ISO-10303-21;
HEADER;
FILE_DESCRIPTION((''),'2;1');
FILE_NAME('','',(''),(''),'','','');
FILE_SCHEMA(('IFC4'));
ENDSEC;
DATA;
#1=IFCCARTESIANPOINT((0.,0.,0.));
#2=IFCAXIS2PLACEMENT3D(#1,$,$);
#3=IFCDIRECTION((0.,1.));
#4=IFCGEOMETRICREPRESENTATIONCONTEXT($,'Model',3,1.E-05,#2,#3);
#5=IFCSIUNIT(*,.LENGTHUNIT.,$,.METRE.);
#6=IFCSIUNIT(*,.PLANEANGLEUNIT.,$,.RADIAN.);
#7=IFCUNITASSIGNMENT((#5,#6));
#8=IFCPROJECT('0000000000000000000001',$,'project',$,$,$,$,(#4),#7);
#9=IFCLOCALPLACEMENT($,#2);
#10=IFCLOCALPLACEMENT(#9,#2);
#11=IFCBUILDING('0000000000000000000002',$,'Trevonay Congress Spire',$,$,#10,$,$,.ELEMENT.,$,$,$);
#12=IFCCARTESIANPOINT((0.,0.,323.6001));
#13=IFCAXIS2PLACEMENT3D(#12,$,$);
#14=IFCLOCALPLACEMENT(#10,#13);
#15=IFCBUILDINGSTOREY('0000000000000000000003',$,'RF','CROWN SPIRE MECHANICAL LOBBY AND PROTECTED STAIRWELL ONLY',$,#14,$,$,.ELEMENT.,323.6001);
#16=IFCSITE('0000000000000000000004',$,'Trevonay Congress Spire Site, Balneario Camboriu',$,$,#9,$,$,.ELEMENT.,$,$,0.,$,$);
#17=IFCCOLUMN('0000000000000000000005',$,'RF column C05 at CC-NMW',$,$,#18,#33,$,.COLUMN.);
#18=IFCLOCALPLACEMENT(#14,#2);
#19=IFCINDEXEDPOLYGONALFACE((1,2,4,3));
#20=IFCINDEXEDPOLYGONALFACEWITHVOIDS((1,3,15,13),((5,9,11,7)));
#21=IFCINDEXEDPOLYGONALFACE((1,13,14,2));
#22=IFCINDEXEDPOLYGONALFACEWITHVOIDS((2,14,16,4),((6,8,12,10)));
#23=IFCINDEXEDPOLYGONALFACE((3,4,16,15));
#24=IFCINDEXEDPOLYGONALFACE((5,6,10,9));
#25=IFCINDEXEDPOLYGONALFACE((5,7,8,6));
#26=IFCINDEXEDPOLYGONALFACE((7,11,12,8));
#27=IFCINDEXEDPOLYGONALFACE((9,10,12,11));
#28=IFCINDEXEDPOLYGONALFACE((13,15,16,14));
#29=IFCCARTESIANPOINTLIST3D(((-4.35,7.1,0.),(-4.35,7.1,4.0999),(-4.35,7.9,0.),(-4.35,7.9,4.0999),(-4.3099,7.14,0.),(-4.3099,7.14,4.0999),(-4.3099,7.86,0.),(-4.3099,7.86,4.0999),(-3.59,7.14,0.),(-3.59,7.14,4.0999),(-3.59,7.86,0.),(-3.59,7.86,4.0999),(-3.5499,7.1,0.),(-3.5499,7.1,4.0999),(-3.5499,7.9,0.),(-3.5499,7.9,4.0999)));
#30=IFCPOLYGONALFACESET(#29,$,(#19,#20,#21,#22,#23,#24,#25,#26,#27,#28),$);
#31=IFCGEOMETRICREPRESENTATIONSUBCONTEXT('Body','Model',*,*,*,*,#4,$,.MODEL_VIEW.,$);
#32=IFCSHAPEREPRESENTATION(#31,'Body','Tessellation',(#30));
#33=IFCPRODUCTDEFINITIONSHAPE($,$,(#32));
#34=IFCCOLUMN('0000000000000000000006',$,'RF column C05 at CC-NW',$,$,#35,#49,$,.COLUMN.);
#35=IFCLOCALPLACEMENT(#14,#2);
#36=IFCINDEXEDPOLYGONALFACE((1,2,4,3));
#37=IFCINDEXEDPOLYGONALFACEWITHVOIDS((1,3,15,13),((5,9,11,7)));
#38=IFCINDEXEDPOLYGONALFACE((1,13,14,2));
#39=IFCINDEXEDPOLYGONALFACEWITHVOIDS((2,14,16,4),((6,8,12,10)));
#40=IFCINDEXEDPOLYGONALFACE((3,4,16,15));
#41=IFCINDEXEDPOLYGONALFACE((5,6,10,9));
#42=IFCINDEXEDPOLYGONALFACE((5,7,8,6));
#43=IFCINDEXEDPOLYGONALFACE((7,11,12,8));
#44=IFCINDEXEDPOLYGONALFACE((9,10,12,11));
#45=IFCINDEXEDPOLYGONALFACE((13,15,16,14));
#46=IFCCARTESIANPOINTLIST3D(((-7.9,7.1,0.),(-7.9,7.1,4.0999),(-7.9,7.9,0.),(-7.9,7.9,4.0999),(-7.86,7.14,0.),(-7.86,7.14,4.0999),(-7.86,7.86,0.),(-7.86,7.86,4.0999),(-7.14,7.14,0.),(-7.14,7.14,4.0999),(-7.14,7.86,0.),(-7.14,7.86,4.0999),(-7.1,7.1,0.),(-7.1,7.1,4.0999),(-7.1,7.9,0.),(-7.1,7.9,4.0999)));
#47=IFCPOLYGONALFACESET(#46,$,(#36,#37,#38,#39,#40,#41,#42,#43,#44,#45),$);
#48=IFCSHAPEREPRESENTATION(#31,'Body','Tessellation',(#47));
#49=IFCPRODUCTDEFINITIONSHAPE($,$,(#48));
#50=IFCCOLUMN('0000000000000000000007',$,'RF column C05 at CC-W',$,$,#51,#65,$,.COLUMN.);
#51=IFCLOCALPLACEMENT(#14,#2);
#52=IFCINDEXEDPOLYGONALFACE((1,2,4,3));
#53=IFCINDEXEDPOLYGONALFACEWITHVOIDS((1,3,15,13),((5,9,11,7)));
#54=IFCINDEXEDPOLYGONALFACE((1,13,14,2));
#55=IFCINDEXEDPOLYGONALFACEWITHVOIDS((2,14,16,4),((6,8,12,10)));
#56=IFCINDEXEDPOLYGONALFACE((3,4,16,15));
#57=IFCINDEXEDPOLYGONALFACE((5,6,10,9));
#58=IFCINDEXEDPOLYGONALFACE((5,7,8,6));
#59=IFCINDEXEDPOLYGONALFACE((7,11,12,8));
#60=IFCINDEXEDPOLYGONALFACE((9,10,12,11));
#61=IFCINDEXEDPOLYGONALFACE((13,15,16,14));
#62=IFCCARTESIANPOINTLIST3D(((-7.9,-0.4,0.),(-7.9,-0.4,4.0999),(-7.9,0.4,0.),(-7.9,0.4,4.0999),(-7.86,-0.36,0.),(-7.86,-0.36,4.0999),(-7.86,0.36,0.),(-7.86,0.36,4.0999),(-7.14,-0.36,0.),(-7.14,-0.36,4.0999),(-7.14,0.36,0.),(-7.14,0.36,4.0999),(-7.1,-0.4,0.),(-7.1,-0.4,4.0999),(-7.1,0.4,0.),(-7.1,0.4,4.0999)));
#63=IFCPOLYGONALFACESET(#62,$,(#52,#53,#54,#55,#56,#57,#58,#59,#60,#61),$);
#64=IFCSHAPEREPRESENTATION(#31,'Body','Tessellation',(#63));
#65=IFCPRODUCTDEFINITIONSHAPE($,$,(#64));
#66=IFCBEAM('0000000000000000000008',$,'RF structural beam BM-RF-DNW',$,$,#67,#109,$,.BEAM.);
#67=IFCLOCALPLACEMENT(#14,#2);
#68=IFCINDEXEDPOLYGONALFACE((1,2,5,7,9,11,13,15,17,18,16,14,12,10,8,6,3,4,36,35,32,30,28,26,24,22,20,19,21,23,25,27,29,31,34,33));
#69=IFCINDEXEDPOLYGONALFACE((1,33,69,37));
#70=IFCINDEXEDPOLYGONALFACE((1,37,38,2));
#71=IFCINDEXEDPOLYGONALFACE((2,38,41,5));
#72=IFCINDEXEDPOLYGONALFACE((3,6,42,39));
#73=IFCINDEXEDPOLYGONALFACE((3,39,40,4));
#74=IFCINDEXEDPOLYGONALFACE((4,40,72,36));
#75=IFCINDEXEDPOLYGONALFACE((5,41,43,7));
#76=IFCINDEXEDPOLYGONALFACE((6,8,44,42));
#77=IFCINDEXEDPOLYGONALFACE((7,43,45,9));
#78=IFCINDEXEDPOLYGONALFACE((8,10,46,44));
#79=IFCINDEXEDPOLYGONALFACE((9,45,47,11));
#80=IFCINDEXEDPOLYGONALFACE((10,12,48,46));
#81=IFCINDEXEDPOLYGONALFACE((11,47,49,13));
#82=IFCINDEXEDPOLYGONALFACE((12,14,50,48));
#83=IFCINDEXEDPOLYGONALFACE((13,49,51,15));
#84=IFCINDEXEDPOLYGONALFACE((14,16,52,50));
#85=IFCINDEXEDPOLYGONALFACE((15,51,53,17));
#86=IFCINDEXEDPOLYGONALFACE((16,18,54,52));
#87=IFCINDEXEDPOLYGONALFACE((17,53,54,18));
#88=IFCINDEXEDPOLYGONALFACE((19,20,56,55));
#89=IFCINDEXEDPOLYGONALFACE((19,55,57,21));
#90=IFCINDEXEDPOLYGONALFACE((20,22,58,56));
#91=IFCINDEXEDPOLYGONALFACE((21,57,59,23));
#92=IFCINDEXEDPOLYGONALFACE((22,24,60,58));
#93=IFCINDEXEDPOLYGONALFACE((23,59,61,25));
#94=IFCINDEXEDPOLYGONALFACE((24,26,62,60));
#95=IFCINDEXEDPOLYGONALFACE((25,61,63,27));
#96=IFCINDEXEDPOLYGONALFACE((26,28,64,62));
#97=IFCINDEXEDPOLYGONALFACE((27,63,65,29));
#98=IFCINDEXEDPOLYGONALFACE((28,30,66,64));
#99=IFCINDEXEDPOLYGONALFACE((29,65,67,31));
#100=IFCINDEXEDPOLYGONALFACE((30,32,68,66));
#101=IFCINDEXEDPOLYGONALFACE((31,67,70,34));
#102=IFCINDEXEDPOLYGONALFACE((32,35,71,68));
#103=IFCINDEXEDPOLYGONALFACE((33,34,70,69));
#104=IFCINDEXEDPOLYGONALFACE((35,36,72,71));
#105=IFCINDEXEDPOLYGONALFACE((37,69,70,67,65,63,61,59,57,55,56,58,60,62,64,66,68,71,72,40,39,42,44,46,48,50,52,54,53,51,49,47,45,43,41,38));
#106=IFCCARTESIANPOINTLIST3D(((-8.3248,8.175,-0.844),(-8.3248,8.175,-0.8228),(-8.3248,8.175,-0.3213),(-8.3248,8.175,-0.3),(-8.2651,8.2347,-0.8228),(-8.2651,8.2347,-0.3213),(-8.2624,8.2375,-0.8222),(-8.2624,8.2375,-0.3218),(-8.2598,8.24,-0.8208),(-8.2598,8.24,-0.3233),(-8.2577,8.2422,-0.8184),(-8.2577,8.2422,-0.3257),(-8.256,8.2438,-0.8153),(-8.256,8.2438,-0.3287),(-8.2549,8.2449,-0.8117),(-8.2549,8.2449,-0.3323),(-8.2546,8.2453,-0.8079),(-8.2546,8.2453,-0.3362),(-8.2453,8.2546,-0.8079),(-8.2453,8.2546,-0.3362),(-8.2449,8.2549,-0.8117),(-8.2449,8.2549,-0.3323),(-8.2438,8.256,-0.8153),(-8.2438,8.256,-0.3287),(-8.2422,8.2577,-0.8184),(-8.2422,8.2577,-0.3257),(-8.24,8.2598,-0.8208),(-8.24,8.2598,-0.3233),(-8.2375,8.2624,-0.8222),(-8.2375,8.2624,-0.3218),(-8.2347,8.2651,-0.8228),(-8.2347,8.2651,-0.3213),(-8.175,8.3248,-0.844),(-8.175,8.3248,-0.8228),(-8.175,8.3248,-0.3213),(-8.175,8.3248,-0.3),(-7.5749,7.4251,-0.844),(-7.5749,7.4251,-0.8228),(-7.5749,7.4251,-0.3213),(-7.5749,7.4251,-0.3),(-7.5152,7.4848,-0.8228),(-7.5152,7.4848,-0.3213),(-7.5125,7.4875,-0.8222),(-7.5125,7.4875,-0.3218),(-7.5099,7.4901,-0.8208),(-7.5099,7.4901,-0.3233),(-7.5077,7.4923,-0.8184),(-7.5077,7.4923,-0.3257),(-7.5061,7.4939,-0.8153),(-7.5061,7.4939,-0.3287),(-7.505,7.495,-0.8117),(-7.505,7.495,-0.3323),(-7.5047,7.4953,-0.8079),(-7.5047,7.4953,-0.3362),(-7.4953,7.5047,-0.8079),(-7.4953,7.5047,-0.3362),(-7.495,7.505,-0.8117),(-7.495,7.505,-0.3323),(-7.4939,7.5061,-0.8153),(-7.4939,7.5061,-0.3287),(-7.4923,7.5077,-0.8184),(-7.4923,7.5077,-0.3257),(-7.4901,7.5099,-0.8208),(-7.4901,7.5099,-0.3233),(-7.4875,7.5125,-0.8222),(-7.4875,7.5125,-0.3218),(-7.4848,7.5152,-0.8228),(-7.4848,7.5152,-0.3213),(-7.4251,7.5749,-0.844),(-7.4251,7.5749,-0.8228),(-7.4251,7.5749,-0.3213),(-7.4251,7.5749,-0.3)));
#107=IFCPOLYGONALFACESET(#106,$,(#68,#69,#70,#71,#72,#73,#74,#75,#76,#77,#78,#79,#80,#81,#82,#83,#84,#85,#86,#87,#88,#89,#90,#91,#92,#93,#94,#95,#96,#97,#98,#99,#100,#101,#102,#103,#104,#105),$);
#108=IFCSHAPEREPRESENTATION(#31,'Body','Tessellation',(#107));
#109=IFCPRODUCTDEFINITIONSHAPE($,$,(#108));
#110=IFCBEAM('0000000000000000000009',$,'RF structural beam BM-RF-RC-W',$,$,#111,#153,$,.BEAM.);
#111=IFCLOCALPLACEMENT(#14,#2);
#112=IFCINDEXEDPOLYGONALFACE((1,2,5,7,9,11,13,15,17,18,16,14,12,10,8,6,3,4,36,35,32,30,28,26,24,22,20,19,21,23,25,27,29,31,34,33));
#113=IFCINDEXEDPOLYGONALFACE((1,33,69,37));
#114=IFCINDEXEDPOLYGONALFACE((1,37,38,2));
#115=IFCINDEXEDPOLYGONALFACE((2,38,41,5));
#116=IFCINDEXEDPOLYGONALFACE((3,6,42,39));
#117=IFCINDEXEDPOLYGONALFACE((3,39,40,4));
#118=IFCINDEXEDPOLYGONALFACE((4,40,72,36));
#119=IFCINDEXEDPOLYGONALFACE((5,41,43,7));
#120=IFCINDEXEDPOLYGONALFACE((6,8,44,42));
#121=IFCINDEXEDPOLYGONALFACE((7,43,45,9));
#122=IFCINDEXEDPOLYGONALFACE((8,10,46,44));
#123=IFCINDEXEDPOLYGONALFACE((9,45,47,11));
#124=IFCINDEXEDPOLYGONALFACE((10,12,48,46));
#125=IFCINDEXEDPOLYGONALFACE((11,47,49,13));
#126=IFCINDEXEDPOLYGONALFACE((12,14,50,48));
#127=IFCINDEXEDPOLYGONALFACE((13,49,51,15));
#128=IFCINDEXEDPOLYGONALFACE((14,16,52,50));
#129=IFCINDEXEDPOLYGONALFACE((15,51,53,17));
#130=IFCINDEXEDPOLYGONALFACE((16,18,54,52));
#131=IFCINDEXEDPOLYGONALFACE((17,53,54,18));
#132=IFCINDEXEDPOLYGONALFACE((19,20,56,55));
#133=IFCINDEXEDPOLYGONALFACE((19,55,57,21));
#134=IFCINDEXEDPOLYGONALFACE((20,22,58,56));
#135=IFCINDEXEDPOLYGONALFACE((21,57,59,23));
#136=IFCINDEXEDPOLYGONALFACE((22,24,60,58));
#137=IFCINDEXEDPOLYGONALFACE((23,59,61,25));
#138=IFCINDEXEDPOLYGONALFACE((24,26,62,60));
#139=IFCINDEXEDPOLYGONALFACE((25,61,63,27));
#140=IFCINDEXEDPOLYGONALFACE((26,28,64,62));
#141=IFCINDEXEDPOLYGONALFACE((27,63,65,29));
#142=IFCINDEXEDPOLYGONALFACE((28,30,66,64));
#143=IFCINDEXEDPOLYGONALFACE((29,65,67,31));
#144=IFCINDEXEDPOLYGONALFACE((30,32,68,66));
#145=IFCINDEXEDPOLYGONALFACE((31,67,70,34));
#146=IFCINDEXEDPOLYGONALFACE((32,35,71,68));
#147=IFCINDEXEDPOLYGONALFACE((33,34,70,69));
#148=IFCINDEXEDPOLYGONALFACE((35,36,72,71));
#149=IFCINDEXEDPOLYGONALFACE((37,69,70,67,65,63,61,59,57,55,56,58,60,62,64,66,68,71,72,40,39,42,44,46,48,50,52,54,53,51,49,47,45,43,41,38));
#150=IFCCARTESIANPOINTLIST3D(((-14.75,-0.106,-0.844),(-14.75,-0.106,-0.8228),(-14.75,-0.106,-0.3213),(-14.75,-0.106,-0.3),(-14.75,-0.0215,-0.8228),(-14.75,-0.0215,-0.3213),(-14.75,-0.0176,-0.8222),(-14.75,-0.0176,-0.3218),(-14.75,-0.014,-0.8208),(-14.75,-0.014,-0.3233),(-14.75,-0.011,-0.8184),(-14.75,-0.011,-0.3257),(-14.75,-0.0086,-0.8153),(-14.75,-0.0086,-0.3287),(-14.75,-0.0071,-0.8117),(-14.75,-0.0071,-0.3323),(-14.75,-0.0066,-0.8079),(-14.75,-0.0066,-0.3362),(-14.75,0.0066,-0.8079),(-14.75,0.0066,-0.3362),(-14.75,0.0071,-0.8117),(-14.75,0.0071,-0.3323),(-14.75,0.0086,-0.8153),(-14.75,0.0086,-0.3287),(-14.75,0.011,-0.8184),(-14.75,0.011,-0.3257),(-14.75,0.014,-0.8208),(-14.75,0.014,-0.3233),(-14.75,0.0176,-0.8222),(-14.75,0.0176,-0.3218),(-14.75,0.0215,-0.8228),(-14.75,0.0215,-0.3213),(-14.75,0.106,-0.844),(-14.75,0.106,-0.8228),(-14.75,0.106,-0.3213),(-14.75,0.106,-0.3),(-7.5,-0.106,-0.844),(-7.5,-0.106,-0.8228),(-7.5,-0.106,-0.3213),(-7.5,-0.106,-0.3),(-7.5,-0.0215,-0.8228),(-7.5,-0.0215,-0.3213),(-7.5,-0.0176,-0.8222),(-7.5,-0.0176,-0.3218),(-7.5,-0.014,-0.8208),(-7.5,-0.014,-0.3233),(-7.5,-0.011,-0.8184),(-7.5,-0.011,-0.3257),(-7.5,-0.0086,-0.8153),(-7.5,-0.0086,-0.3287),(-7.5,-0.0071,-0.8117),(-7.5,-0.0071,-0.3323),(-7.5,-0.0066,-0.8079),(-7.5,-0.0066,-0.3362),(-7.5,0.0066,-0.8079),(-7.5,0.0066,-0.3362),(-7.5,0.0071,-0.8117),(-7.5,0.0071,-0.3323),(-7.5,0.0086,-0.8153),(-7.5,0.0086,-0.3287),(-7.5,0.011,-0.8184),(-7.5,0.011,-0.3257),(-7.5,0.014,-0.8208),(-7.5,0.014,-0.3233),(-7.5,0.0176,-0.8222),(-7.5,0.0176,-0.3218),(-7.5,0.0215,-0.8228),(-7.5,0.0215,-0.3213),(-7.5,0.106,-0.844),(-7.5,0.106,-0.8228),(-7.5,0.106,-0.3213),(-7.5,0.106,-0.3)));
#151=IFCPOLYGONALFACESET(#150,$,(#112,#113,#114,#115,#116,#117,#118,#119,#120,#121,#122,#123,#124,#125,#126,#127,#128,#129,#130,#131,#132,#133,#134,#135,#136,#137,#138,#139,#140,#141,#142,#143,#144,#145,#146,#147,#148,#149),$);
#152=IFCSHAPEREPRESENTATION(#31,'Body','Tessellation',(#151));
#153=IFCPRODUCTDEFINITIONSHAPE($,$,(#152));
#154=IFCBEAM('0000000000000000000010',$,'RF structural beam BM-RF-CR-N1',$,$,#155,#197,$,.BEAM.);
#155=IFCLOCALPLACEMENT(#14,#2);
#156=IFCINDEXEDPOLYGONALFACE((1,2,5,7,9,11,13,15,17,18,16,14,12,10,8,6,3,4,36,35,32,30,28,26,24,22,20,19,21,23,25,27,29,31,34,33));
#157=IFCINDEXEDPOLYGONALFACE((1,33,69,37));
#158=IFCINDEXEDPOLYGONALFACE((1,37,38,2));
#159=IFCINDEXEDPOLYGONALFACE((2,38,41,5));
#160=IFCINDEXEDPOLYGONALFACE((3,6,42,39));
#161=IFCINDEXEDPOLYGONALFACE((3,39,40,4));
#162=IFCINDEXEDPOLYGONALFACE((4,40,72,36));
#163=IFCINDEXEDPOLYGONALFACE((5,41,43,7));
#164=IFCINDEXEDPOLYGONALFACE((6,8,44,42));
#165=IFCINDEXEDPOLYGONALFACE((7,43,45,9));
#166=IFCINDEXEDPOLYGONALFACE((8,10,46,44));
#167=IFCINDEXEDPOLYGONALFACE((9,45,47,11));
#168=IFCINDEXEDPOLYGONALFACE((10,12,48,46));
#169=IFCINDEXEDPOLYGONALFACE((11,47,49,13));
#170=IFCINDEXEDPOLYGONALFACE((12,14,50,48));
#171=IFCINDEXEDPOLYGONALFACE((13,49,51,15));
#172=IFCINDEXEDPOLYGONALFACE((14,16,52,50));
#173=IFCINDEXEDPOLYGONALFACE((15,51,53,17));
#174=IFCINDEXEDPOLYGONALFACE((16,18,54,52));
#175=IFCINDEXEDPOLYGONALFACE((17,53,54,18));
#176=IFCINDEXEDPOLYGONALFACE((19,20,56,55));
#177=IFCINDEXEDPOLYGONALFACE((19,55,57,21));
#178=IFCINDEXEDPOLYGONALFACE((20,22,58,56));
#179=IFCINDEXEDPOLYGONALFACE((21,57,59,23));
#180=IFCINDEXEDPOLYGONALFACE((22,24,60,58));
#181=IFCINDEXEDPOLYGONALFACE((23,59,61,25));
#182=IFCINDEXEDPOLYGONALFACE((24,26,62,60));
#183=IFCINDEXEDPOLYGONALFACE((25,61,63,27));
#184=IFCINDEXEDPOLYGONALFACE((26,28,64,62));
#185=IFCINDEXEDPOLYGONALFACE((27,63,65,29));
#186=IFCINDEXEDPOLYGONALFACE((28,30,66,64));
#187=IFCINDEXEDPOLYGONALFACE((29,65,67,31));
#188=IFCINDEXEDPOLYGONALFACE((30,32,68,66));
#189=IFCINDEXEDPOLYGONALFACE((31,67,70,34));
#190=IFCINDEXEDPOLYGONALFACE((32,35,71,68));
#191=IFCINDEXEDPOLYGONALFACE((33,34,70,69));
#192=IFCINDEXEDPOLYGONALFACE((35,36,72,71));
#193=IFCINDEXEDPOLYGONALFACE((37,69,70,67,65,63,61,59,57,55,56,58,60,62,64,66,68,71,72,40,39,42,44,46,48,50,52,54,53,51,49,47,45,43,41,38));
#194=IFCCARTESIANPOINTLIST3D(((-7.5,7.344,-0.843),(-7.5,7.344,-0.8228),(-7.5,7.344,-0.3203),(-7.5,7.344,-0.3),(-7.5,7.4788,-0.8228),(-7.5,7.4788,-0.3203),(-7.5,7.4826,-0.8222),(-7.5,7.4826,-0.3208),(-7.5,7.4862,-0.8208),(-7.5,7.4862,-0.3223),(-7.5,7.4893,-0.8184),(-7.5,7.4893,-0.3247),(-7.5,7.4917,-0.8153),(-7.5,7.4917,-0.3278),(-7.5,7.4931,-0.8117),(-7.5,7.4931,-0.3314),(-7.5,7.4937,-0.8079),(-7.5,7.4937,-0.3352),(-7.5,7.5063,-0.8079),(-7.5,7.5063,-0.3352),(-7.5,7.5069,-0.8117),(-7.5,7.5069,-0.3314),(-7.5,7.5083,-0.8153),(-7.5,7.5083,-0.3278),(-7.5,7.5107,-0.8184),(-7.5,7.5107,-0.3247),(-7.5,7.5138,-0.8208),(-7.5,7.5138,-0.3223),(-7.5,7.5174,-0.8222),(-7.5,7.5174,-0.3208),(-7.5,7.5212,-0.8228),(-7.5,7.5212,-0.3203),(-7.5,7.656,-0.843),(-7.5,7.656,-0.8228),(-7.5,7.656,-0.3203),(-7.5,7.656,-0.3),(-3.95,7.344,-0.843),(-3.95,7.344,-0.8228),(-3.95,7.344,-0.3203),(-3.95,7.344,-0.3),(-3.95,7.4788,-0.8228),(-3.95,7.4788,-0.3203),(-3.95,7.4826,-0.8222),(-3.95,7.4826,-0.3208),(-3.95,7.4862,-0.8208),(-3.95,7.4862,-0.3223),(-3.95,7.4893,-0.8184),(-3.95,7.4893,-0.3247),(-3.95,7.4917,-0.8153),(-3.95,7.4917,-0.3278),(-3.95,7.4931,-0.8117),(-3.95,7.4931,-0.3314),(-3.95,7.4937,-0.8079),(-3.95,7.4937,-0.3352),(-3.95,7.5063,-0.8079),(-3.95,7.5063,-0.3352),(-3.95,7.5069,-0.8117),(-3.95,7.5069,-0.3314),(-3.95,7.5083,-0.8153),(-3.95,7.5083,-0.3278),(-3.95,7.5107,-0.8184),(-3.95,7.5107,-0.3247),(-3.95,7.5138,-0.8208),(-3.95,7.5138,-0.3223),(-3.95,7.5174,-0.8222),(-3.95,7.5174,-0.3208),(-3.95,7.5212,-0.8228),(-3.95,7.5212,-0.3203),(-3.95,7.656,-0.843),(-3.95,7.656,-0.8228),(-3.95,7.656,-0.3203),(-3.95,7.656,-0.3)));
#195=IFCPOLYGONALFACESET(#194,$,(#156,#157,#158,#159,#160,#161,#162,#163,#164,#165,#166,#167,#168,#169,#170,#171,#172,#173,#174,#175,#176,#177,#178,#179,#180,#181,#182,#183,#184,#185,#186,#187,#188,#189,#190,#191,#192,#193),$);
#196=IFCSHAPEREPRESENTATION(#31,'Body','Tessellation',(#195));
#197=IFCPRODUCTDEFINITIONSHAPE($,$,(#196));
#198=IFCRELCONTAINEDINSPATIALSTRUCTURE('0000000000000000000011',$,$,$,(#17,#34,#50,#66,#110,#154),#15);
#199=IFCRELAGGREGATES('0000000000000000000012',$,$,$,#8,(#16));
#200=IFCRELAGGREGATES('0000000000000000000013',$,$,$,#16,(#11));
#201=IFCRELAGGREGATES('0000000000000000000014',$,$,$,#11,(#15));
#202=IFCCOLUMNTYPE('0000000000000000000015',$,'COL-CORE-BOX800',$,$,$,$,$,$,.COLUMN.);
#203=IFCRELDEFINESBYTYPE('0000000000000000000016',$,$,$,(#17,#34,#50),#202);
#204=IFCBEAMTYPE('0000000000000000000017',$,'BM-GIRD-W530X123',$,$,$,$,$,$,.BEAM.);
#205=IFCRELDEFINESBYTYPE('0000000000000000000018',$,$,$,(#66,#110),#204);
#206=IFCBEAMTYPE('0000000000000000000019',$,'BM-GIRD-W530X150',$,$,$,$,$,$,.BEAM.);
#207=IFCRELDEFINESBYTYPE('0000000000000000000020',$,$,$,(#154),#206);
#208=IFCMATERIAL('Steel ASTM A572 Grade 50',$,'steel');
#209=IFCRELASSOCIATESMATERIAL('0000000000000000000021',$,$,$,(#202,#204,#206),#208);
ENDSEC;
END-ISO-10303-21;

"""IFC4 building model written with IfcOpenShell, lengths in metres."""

from ifc_helpers import new_model, si_unit, direction, frame, origin, origin_2d, place, context, subcontext, project, spatial, hollow_rectangle, i_section, extrude, material, material_profile, profile_set, type_object, element, save


model = new_model("IFC4")

# Units and contexts
model_context = context("Model", 3, precision=1e-05, world=origin(), true_north=direction((0.0, 1.0)))
body_context = subcontext(model_context, "Body", "Model", "MODEL_VIEW")
ifc_project = project(units=[si_unit("LENGTHUNIT", "METRE"), si_unit("PLANEANGLEUNIT", "RADIAN")], contexts=[model_context])

# Site, building, storey
site_placement = place(None, origin())
site = spatial("IfcSite", under=ifc_project, at=site_placement, Name="Trevonay Congress Spire Site, Balneario Camboriu", CompositionType="ELEMENT", RefElevation=0.0)
building_placement = place(site_placement, origin())
building = spatial("IfcBuilding", under=site, at=building_placement, Name="Trevonay Congress Spire", CompositionType="ELEMENT")
storey_placement = place(building_placement, frame((0.0, 0.0, 323.6001)))
storey = spatial("IfcBuildingStorey", under=building, at=storey_placement, Name="RF", Description="CROWN SPIRE MECHANICAL LOBBY AND PROTECTED STAIRWELL ONLY", CompositionType="ELEMENT", Elevation=323.6001)

# Columns
ifc_material_1 = material(Name="Steel ASTM A572 Grade 50", Category="steel")
ifc_material_profile_1 = material_profile(ifc_material_1, hollow_rectangle(XDim=0.8, YDim=0.8, WallThickness=0.04, at=origin_2d()), Name="BOX 800x800x40")
ifc_profile_set_1 = profile_set([ifc_material_profile_1], Name="Steel ASTM A572 Grade 50")
column_type = type_object("IfcColumnType", Name="COL-CORE-BOX800", PredefinedType="COLUMN", material=ifc_profile_set_1)
for number, where, z_axis, x_axis, name in (
    (1, (-3.95, 7.5, 0.0), (0.0, 0.0, 1.0), (1.0, 0.0, 0.0), "RF column C05 at CC-NMW"),
    (2, (-7.5, 7.5, 0.0), (0.0, 0.0, 1.0), (1.0, 0.0, 0.0), "RF column C05 at CC-NW"),
    (3, (-7.5, 0.0, 0.0), (0.0, 0.0, 1.0), (1.0, 0.0, 0.0), "RF column C05 at CC-W"),
):
    element("IfcColumn", number, at=place(storey_placement, frame(where, z_axis=z_axis, x_axis=x_axis)), inside=storey, type_object=column_type, Name=name, PredefinedType="COLUMN", context=body_context, shape_type="SweptSolid", body=[
        extrude(hollow_rectangle(XDim=0.8, YDim=0.8, WallThickness=0.04, at=origin_2d()), origin(), (0.0, 0.0, 1.0), 4.0999),
    ])

# Beams
ifc_material_profile_2 = material_profile(ifc_material_1, i_section(OverallWidth=0.2119, OverallDepth=0.5439, WebThickness=0.0132, FlangeThickness=0.0212, FilletRadius=0.0149, at=origin_2d()), Name="W530x123")
ifc_profile_set_2 = profile_set([ifc_material_profile_2], Name="Steel ASTM A572 Grade 50")
beam_type_1 = type_object("IfcBeamType", Name="BM-GIRD-W530X123", PredefinedType="BEAM", material=ifc_profile_set_2)
beam_1_placement = place(storey_placement, frame((-7.5, 7.5, -0.572), z_axis=(-0.707107, 0.707107, 0.0), x_axis=(-0.707107, -0.707107, 0.0)))
element("IfcBeam", 4, at=beam_1_placement, inside=storey, type_object=beam_type_1, Name="RF structural beam BM-RF-DNW", PredefinedType="BEAM", context=body_context, shape_type="SweptSolid", body=[
    extrude(i_section(OverallWidth=0.2119, OverallDepth=0.5439, WebThickness=0.0132, FlangeThickness=0.0212, FilletRadius=0.0149, at=origin_2d()), origin(), (0.0, 0.0, 1.0), 1.0605),
])
beam_2_placement = place(storey_placement, frame((-7.5, 0.0, -0.572), z_axis=(-1.0, 0.0, 0.0), x_axis=(0.0, -1.0, 0.0)))
element("IfcBeam", 5, at=beam_2_placement, inside=storey, type_object=beam_type_1, Name="RF structural beam BM-RF-RC-W", PredefinedType="BEAM", context=body_context, shape_type="SweptSolid", body=[
    extrude(i_section(OverallWidth=0.2119, OverallDepth=0.5439, WebThickness=0.0132, FlangeThickness=0.0212, FilletRadius=0.0149, at=origin_2d()), origin(), (0.0, 0.0, 1.0), 7.25),
])
ifc_material_profile_3 = material_profile(ifc_material_1, i_section(OverallWidth=0.312, OverallDepth=0.543, WebThickness=0.0127, FlangeThickness=0.0203, FilletRadius=0.0149, at=origin_2d()), Name="W530x150")
ifc_profile_set_3 = profile_set([ifc_material_profile_3], Name="Steel ASTM A572 Grade 50")
beam_type_2 = type_object("IfcBeamType", Name="BM-GIRD-W530X150", PredefinedType="BEAM", material=ifc_profile_set_3)
beam_3_placement = place(storey_placement, frame((-7.5, 7.5, -0.5715), z_axis=(1.0, 0.0, 0.0), x_axis=(0.0, 1.0, 0.0)))
element("IfcBeam", 6, at=beam_3_placement, inside=storey, type_object=beam_type_2, Name="RF structural beam BM-RF-CR-N1", PredefinedType="BEAM", context=body_context, shape_type="SweptSolid", body=[
    extrude(i_section(OverallWidth=0.312, OverallDepth=0.543, WebThickness=0.0127, FlangeThickness=0.0203, FilletRadius=0.0149, at=origin_2d()), origin(), (0.0, 0.0, 1.0), 3.55),
])

save(model, "model.ifc")
